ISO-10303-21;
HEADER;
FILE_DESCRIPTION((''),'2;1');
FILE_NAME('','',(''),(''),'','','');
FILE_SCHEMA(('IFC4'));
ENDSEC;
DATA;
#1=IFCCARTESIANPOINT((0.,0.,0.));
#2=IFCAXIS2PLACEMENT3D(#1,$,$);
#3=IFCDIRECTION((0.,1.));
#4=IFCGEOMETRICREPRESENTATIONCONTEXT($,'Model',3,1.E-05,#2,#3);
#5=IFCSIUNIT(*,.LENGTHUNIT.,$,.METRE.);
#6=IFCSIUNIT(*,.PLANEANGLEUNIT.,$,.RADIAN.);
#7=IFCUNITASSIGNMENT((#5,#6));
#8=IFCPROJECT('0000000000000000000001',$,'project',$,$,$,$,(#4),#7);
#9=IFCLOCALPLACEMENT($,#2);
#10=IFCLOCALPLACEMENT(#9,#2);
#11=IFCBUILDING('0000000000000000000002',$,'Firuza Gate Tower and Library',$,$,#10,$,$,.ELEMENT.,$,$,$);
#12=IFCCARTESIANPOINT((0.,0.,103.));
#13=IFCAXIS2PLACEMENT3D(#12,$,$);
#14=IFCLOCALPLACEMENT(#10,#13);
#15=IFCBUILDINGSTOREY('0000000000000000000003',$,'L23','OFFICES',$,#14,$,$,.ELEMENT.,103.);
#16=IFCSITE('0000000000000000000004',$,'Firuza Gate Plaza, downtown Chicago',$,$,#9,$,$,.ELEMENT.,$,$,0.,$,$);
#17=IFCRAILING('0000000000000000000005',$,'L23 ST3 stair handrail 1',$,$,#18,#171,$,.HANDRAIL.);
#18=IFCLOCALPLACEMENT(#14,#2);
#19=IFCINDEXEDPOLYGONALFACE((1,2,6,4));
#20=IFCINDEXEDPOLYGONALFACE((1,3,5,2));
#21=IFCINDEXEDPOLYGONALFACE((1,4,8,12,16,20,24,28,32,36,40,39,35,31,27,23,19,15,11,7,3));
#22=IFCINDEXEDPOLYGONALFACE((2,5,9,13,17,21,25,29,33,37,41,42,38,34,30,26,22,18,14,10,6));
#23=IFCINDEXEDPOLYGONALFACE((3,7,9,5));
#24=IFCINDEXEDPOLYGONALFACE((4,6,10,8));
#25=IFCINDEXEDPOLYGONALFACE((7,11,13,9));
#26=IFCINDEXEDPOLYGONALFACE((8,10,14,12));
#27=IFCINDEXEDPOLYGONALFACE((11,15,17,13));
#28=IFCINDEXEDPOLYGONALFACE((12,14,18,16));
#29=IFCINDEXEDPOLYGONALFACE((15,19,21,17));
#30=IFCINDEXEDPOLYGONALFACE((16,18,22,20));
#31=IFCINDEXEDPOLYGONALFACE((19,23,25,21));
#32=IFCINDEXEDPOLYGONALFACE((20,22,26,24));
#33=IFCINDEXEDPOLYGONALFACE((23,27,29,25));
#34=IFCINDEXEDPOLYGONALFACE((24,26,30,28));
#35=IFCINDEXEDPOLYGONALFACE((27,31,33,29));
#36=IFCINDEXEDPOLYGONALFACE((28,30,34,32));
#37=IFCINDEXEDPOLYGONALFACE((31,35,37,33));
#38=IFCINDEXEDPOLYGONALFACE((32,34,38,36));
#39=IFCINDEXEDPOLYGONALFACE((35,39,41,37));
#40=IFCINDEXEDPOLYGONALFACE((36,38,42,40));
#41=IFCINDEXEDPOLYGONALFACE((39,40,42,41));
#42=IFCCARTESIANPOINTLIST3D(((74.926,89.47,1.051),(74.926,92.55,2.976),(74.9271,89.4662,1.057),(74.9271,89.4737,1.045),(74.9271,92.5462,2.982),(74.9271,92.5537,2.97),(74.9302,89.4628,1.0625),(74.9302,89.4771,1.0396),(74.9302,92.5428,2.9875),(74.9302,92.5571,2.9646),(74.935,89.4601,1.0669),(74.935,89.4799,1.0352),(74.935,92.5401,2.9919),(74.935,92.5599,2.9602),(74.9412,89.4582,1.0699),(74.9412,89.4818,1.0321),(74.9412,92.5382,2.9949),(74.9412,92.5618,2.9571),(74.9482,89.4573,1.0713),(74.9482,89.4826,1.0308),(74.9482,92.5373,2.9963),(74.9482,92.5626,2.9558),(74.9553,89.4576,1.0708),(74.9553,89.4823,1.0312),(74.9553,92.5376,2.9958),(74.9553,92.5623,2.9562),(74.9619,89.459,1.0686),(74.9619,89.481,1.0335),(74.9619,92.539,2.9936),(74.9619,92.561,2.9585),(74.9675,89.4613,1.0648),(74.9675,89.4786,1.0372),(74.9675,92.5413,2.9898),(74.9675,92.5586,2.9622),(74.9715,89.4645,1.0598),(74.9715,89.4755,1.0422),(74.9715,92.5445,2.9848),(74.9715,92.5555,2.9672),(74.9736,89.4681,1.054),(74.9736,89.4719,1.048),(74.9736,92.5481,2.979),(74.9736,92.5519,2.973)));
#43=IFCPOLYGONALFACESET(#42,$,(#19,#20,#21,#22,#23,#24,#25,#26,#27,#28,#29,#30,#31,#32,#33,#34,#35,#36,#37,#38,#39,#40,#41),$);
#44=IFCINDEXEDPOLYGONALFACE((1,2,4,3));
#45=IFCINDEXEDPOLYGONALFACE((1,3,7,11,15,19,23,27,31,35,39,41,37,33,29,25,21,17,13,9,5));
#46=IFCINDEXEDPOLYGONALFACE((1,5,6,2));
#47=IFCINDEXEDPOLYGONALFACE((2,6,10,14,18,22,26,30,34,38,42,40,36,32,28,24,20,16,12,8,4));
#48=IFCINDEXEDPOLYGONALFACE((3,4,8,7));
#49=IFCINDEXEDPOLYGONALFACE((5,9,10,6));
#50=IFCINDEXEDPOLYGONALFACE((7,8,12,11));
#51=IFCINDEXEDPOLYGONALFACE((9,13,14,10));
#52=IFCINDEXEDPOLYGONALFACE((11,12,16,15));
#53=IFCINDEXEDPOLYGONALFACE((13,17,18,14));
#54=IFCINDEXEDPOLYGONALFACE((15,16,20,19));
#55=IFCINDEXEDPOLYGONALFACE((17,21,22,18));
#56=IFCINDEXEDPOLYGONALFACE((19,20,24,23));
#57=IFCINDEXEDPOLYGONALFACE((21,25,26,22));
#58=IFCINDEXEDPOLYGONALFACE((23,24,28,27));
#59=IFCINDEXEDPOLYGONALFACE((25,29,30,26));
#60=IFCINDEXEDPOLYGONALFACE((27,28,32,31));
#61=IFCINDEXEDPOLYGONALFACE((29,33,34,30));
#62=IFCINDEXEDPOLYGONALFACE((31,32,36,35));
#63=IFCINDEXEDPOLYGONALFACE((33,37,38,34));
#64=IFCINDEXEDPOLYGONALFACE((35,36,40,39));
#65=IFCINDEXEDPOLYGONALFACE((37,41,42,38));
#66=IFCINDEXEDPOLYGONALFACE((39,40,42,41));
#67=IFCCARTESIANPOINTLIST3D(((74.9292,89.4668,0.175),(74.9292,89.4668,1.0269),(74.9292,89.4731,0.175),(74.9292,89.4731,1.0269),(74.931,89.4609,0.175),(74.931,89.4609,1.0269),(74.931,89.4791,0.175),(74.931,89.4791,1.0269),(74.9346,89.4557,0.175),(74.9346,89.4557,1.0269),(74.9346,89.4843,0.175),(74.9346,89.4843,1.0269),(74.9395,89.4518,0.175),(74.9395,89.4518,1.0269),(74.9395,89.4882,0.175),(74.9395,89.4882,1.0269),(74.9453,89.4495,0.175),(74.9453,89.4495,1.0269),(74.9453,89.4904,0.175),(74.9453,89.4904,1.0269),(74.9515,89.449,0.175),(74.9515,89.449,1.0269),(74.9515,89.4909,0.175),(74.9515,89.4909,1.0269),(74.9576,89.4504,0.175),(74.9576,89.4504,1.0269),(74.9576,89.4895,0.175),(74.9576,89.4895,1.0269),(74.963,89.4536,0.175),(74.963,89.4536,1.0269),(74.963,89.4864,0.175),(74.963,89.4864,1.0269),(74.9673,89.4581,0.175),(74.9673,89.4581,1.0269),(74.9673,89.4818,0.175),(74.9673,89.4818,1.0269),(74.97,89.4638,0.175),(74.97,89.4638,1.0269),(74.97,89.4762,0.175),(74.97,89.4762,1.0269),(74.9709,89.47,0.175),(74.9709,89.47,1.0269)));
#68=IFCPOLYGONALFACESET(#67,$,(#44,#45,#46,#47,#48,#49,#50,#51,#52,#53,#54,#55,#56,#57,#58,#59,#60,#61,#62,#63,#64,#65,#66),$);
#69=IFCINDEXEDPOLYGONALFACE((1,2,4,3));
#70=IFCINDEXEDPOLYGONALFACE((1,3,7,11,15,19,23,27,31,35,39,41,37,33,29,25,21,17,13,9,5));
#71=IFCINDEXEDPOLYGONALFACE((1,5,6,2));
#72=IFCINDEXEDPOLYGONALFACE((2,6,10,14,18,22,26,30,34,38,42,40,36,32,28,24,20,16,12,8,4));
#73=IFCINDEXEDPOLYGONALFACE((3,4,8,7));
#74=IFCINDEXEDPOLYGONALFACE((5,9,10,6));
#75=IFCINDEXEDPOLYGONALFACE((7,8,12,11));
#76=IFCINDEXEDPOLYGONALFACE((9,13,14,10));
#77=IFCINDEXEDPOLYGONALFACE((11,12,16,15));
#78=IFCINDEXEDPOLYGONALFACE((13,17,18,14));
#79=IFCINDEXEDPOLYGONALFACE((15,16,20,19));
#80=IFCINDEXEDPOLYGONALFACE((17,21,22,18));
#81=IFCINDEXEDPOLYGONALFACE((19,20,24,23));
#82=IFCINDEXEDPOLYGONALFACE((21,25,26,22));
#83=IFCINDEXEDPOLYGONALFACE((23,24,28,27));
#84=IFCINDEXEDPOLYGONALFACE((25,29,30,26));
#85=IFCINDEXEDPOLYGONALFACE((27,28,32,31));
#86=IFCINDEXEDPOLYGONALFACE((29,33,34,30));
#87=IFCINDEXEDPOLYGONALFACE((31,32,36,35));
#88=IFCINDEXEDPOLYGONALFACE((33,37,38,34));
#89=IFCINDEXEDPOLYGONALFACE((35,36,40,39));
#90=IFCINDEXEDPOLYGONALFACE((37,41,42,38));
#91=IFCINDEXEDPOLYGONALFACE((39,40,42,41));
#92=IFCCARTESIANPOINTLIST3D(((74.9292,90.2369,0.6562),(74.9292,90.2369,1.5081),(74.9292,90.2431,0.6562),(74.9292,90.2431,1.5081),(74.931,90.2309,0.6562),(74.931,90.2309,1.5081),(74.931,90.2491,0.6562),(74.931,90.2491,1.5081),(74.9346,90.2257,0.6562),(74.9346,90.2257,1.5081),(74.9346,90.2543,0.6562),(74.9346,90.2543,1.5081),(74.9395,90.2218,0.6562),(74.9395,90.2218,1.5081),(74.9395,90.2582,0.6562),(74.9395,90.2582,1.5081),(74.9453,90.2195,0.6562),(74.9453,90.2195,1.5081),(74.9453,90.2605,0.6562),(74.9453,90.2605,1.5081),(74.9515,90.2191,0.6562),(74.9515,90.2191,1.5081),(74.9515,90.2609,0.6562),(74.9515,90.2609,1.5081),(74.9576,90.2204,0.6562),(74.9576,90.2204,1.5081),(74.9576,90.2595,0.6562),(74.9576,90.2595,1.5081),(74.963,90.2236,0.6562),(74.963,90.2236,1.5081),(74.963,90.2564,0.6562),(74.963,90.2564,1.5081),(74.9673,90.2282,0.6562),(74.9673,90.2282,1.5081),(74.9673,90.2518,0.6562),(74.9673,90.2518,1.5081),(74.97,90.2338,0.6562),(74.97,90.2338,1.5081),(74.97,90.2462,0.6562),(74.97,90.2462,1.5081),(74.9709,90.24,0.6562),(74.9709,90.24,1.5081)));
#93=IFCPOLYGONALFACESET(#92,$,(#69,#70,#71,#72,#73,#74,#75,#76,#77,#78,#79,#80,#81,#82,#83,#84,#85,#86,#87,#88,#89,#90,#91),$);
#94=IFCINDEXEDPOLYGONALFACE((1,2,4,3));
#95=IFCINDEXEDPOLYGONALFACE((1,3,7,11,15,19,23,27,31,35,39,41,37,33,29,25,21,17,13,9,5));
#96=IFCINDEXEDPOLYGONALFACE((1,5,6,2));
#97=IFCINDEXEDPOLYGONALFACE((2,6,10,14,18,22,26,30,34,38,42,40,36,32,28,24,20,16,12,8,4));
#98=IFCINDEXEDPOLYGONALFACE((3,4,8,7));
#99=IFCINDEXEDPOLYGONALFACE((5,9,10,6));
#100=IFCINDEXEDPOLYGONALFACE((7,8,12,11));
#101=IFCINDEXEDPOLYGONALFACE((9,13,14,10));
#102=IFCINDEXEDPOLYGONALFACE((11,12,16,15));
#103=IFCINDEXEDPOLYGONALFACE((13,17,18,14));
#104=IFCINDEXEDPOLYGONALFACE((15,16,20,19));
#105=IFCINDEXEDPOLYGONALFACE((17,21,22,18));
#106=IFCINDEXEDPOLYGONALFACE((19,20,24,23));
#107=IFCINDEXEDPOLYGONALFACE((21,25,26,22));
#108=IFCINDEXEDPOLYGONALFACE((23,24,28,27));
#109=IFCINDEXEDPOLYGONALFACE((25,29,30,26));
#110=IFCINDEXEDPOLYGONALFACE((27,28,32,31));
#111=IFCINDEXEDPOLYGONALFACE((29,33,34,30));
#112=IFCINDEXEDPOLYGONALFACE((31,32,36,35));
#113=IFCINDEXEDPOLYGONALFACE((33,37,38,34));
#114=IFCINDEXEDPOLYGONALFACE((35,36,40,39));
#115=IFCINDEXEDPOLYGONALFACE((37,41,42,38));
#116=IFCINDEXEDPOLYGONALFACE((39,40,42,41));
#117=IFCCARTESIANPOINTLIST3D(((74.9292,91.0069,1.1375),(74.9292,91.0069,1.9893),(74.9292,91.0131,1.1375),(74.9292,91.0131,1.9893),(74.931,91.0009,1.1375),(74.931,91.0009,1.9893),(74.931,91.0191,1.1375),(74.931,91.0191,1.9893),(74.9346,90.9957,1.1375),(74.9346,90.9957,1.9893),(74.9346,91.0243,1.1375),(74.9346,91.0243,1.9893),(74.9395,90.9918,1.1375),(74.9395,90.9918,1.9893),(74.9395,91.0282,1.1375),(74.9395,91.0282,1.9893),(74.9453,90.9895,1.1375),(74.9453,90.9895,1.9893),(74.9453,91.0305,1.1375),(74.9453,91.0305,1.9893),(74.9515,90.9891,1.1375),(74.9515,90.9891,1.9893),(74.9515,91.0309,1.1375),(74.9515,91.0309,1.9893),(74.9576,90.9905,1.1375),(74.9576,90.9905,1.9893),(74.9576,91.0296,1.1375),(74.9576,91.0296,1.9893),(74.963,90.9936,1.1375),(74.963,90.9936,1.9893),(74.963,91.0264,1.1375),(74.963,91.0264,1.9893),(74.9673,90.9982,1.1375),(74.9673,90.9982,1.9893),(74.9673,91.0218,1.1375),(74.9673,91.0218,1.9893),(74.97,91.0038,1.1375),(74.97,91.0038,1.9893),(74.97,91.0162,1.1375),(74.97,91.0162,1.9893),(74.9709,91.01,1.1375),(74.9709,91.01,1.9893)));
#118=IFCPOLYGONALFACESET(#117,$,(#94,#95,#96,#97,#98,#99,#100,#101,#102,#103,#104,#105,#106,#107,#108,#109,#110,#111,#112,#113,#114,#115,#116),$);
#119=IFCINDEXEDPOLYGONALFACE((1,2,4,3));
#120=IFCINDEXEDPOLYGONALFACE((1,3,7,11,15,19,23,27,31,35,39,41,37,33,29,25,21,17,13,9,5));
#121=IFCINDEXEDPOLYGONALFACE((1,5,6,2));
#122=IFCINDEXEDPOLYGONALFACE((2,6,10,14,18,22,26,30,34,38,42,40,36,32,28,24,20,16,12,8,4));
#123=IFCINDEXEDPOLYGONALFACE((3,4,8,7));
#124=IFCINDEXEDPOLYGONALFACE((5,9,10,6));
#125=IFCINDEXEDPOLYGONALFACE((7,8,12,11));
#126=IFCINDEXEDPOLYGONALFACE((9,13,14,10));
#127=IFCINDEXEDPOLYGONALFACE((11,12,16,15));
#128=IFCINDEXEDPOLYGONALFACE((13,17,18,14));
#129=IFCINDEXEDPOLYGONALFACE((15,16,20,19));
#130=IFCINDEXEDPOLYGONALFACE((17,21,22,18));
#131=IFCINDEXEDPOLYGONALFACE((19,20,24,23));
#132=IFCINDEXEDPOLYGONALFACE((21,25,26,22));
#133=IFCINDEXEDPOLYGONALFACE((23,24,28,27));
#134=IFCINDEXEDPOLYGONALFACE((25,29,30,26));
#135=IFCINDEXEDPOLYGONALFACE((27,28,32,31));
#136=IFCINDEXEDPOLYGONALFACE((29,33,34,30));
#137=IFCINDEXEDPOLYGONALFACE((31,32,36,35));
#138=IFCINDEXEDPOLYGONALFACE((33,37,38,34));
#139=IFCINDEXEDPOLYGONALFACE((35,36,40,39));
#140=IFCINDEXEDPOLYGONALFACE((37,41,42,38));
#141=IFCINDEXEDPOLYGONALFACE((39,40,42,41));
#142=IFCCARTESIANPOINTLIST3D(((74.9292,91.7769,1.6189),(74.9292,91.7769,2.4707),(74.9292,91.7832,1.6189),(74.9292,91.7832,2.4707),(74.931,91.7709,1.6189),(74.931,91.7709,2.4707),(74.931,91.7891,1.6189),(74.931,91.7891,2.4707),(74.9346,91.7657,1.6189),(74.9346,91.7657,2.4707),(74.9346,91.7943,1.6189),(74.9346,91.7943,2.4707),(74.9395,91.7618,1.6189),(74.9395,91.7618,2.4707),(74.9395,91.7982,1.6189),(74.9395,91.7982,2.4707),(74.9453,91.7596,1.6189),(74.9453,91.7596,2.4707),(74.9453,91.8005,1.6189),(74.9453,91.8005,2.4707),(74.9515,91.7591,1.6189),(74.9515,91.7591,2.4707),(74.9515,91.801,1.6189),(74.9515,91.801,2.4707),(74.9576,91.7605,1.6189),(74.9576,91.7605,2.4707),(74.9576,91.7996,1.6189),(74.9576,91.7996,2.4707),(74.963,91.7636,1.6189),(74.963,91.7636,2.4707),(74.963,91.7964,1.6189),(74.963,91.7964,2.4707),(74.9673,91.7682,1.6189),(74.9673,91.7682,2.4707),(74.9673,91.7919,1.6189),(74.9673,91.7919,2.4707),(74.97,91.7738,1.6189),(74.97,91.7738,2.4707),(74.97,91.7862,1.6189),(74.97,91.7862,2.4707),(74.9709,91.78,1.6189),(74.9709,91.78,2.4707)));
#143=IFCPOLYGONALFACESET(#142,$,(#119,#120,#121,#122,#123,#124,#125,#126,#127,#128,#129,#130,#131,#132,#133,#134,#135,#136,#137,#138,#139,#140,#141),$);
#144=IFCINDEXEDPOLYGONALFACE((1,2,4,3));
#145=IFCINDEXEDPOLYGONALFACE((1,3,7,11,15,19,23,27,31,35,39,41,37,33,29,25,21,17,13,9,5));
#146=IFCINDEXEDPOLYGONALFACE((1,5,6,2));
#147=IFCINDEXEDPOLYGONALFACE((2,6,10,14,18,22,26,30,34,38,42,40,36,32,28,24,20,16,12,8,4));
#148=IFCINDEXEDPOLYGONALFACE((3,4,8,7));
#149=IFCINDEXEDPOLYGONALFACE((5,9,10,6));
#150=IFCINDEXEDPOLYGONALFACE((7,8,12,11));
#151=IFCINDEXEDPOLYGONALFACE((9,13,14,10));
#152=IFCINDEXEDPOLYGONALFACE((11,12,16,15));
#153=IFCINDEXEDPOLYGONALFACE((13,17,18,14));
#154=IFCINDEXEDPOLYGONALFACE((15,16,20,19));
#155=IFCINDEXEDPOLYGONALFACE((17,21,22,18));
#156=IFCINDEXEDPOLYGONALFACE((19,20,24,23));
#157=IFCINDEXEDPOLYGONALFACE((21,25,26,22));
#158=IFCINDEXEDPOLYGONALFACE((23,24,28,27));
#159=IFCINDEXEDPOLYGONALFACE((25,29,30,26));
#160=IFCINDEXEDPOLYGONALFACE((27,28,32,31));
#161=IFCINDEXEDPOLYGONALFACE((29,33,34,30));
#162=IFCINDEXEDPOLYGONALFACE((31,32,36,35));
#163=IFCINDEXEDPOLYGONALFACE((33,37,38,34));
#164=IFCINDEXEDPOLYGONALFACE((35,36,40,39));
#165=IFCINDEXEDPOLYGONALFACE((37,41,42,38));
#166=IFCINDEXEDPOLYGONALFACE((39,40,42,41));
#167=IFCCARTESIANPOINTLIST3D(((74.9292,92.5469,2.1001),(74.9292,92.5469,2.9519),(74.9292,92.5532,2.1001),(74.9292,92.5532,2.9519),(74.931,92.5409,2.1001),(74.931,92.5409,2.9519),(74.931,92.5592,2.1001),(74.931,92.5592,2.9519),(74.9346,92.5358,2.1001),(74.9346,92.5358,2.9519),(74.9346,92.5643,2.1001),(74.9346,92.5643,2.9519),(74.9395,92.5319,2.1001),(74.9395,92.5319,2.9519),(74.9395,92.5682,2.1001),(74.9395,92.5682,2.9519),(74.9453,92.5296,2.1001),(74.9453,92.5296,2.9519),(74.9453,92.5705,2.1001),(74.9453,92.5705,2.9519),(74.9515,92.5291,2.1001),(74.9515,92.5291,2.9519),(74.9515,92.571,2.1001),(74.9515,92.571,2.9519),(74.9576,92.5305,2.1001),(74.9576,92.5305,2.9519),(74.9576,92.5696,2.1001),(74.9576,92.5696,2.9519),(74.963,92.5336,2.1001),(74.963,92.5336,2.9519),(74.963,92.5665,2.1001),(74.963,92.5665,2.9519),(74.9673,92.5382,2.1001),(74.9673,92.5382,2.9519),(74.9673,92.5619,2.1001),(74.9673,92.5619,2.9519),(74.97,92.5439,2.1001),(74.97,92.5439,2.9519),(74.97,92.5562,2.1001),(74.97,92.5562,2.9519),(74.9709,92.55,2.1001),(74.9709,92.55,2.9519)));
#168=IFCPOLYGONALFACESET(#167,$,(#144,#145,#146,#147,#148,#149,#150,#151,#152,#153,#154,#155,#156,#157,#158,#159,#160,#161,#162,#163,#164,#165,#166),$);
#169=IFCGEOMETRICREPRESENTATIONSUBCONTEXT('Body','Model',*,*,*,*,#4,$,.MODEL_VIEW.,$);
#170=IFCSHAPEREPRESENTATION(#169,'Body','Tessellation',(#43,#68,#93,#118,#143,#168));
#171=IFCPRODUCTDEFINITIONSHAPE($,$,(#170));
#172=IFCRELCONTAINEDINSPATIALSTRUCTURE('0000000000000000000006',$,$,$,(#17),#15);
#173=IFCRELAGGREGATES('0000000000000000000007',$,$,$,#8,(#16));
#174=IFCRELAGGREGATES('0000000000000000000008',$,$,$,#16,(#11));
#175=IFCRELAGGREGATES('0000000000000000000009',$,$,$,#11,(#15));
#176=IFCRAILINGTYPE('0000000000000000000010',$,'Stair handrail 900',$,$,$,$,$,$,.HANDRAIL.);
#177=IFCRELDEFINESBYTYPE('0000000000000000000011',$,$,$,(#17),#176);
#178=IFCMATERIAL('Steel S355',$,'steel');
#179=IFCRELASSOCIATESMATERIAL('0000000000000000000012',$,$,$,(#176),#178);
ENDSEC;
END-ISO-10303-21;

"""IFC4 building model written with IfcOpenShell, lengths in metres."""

from ifc_helpers import new_model, si_unit, direction, frame, origin, origin_2d, place, context, subcontext, project, spatial, circle, extrude, material, type_object, element, save


model = new_model("IFC4")

# Units and contexts
model_context = context("Model", 3, precision=1e-05, world=origin(), true_north=direction((0.0, 1.0)))
body_context = subcontext(model_context, "Body", "Model", "MODEL_VIEW")
ifc_project = project(units=[si_unit("LENGTHUNIT", "METRE"), si_unit("PLANEANGLEUNIT", "RADIAN")], contexts=[model_context])

# Site, building, storey
site_placement = place(None, origin())
site = spatial("IfcSite", under=ifc_project, at=site_placement, Name="Firuza Gate Plaza, downtown Chicago", CompositionType="ELEMENT", RefElevation=0.0)
building_placement = place(site_placement, origin())
building = spatial("IfcBuilding", under=site, at=building_placement, Name="Firuza Gate Tower and Library", CompositionType="ELEMENT")
storey_placement = place(building_placement, frame((0.0, 0.0, 103.0)))
storey = spatial("IfcBuildingStorey", under=building, at=storey_placement, Name="L23", Description="OFFICES", CompositionType="ELEMENT", Elevation=103.0)

# Railing
ifc_material_1 = material(Name="Steel S355", Category="steel")
railing_type = type_object("IfcRailingType", Name="Stair handrail 900", PredefinedType="HANDRAIL", material=ifc_material_1)
railing_1_placement = place(storey_placement, frame((74.95, 89.47, 0.175)))
element("IfcRailing", 1, at=railing_1_placement, inside=storey, type_object=railing_type, Name="L23 ST3 stair handrail 1", PredefinedType="HANDRAIL", context=body_context, shape_type="SweptSolid", body=[
    extrude(circle(Radius=0.0239, at=origin_2d()), frame((0.0, 0.0, 0.876), z_axis=(0.0, 0.847998, 0.529999), x_axis=(-1.0, 0.0, 0.0)), (0.0, 0.0, 1.0), 3.6321),
    extrude(circle(Radius=0.021, at=origin_2d()), origin(), (0.0, 0.0, 1.0), 0.8518),
    extrude(circle(Radius=0.021, at=origin_2d()), frame((0.0, 0.77, 0.4812)), (0.0, 0.0, 1.0), 0.8518),
    extrude(circle(Radius=0.021, at=origin_2d()), frame((0.0, 1.54, 0.9624)), (0.0, 0.0, 1.0), 0.8518),
    extrude(circle(Radius=0.021, at=origin_2d()), frame((0.0, 2.3101, 1.4438)), (0.0, 0.0, 1.0), 0.8518),
    extrude(circle(Radius=0.021, at=origin_2d()), frame((0.0, 3.0801, 1.925)), (0.0, 0.0, 1.0), 0.8518),
])

save(model, "model.ifc")
